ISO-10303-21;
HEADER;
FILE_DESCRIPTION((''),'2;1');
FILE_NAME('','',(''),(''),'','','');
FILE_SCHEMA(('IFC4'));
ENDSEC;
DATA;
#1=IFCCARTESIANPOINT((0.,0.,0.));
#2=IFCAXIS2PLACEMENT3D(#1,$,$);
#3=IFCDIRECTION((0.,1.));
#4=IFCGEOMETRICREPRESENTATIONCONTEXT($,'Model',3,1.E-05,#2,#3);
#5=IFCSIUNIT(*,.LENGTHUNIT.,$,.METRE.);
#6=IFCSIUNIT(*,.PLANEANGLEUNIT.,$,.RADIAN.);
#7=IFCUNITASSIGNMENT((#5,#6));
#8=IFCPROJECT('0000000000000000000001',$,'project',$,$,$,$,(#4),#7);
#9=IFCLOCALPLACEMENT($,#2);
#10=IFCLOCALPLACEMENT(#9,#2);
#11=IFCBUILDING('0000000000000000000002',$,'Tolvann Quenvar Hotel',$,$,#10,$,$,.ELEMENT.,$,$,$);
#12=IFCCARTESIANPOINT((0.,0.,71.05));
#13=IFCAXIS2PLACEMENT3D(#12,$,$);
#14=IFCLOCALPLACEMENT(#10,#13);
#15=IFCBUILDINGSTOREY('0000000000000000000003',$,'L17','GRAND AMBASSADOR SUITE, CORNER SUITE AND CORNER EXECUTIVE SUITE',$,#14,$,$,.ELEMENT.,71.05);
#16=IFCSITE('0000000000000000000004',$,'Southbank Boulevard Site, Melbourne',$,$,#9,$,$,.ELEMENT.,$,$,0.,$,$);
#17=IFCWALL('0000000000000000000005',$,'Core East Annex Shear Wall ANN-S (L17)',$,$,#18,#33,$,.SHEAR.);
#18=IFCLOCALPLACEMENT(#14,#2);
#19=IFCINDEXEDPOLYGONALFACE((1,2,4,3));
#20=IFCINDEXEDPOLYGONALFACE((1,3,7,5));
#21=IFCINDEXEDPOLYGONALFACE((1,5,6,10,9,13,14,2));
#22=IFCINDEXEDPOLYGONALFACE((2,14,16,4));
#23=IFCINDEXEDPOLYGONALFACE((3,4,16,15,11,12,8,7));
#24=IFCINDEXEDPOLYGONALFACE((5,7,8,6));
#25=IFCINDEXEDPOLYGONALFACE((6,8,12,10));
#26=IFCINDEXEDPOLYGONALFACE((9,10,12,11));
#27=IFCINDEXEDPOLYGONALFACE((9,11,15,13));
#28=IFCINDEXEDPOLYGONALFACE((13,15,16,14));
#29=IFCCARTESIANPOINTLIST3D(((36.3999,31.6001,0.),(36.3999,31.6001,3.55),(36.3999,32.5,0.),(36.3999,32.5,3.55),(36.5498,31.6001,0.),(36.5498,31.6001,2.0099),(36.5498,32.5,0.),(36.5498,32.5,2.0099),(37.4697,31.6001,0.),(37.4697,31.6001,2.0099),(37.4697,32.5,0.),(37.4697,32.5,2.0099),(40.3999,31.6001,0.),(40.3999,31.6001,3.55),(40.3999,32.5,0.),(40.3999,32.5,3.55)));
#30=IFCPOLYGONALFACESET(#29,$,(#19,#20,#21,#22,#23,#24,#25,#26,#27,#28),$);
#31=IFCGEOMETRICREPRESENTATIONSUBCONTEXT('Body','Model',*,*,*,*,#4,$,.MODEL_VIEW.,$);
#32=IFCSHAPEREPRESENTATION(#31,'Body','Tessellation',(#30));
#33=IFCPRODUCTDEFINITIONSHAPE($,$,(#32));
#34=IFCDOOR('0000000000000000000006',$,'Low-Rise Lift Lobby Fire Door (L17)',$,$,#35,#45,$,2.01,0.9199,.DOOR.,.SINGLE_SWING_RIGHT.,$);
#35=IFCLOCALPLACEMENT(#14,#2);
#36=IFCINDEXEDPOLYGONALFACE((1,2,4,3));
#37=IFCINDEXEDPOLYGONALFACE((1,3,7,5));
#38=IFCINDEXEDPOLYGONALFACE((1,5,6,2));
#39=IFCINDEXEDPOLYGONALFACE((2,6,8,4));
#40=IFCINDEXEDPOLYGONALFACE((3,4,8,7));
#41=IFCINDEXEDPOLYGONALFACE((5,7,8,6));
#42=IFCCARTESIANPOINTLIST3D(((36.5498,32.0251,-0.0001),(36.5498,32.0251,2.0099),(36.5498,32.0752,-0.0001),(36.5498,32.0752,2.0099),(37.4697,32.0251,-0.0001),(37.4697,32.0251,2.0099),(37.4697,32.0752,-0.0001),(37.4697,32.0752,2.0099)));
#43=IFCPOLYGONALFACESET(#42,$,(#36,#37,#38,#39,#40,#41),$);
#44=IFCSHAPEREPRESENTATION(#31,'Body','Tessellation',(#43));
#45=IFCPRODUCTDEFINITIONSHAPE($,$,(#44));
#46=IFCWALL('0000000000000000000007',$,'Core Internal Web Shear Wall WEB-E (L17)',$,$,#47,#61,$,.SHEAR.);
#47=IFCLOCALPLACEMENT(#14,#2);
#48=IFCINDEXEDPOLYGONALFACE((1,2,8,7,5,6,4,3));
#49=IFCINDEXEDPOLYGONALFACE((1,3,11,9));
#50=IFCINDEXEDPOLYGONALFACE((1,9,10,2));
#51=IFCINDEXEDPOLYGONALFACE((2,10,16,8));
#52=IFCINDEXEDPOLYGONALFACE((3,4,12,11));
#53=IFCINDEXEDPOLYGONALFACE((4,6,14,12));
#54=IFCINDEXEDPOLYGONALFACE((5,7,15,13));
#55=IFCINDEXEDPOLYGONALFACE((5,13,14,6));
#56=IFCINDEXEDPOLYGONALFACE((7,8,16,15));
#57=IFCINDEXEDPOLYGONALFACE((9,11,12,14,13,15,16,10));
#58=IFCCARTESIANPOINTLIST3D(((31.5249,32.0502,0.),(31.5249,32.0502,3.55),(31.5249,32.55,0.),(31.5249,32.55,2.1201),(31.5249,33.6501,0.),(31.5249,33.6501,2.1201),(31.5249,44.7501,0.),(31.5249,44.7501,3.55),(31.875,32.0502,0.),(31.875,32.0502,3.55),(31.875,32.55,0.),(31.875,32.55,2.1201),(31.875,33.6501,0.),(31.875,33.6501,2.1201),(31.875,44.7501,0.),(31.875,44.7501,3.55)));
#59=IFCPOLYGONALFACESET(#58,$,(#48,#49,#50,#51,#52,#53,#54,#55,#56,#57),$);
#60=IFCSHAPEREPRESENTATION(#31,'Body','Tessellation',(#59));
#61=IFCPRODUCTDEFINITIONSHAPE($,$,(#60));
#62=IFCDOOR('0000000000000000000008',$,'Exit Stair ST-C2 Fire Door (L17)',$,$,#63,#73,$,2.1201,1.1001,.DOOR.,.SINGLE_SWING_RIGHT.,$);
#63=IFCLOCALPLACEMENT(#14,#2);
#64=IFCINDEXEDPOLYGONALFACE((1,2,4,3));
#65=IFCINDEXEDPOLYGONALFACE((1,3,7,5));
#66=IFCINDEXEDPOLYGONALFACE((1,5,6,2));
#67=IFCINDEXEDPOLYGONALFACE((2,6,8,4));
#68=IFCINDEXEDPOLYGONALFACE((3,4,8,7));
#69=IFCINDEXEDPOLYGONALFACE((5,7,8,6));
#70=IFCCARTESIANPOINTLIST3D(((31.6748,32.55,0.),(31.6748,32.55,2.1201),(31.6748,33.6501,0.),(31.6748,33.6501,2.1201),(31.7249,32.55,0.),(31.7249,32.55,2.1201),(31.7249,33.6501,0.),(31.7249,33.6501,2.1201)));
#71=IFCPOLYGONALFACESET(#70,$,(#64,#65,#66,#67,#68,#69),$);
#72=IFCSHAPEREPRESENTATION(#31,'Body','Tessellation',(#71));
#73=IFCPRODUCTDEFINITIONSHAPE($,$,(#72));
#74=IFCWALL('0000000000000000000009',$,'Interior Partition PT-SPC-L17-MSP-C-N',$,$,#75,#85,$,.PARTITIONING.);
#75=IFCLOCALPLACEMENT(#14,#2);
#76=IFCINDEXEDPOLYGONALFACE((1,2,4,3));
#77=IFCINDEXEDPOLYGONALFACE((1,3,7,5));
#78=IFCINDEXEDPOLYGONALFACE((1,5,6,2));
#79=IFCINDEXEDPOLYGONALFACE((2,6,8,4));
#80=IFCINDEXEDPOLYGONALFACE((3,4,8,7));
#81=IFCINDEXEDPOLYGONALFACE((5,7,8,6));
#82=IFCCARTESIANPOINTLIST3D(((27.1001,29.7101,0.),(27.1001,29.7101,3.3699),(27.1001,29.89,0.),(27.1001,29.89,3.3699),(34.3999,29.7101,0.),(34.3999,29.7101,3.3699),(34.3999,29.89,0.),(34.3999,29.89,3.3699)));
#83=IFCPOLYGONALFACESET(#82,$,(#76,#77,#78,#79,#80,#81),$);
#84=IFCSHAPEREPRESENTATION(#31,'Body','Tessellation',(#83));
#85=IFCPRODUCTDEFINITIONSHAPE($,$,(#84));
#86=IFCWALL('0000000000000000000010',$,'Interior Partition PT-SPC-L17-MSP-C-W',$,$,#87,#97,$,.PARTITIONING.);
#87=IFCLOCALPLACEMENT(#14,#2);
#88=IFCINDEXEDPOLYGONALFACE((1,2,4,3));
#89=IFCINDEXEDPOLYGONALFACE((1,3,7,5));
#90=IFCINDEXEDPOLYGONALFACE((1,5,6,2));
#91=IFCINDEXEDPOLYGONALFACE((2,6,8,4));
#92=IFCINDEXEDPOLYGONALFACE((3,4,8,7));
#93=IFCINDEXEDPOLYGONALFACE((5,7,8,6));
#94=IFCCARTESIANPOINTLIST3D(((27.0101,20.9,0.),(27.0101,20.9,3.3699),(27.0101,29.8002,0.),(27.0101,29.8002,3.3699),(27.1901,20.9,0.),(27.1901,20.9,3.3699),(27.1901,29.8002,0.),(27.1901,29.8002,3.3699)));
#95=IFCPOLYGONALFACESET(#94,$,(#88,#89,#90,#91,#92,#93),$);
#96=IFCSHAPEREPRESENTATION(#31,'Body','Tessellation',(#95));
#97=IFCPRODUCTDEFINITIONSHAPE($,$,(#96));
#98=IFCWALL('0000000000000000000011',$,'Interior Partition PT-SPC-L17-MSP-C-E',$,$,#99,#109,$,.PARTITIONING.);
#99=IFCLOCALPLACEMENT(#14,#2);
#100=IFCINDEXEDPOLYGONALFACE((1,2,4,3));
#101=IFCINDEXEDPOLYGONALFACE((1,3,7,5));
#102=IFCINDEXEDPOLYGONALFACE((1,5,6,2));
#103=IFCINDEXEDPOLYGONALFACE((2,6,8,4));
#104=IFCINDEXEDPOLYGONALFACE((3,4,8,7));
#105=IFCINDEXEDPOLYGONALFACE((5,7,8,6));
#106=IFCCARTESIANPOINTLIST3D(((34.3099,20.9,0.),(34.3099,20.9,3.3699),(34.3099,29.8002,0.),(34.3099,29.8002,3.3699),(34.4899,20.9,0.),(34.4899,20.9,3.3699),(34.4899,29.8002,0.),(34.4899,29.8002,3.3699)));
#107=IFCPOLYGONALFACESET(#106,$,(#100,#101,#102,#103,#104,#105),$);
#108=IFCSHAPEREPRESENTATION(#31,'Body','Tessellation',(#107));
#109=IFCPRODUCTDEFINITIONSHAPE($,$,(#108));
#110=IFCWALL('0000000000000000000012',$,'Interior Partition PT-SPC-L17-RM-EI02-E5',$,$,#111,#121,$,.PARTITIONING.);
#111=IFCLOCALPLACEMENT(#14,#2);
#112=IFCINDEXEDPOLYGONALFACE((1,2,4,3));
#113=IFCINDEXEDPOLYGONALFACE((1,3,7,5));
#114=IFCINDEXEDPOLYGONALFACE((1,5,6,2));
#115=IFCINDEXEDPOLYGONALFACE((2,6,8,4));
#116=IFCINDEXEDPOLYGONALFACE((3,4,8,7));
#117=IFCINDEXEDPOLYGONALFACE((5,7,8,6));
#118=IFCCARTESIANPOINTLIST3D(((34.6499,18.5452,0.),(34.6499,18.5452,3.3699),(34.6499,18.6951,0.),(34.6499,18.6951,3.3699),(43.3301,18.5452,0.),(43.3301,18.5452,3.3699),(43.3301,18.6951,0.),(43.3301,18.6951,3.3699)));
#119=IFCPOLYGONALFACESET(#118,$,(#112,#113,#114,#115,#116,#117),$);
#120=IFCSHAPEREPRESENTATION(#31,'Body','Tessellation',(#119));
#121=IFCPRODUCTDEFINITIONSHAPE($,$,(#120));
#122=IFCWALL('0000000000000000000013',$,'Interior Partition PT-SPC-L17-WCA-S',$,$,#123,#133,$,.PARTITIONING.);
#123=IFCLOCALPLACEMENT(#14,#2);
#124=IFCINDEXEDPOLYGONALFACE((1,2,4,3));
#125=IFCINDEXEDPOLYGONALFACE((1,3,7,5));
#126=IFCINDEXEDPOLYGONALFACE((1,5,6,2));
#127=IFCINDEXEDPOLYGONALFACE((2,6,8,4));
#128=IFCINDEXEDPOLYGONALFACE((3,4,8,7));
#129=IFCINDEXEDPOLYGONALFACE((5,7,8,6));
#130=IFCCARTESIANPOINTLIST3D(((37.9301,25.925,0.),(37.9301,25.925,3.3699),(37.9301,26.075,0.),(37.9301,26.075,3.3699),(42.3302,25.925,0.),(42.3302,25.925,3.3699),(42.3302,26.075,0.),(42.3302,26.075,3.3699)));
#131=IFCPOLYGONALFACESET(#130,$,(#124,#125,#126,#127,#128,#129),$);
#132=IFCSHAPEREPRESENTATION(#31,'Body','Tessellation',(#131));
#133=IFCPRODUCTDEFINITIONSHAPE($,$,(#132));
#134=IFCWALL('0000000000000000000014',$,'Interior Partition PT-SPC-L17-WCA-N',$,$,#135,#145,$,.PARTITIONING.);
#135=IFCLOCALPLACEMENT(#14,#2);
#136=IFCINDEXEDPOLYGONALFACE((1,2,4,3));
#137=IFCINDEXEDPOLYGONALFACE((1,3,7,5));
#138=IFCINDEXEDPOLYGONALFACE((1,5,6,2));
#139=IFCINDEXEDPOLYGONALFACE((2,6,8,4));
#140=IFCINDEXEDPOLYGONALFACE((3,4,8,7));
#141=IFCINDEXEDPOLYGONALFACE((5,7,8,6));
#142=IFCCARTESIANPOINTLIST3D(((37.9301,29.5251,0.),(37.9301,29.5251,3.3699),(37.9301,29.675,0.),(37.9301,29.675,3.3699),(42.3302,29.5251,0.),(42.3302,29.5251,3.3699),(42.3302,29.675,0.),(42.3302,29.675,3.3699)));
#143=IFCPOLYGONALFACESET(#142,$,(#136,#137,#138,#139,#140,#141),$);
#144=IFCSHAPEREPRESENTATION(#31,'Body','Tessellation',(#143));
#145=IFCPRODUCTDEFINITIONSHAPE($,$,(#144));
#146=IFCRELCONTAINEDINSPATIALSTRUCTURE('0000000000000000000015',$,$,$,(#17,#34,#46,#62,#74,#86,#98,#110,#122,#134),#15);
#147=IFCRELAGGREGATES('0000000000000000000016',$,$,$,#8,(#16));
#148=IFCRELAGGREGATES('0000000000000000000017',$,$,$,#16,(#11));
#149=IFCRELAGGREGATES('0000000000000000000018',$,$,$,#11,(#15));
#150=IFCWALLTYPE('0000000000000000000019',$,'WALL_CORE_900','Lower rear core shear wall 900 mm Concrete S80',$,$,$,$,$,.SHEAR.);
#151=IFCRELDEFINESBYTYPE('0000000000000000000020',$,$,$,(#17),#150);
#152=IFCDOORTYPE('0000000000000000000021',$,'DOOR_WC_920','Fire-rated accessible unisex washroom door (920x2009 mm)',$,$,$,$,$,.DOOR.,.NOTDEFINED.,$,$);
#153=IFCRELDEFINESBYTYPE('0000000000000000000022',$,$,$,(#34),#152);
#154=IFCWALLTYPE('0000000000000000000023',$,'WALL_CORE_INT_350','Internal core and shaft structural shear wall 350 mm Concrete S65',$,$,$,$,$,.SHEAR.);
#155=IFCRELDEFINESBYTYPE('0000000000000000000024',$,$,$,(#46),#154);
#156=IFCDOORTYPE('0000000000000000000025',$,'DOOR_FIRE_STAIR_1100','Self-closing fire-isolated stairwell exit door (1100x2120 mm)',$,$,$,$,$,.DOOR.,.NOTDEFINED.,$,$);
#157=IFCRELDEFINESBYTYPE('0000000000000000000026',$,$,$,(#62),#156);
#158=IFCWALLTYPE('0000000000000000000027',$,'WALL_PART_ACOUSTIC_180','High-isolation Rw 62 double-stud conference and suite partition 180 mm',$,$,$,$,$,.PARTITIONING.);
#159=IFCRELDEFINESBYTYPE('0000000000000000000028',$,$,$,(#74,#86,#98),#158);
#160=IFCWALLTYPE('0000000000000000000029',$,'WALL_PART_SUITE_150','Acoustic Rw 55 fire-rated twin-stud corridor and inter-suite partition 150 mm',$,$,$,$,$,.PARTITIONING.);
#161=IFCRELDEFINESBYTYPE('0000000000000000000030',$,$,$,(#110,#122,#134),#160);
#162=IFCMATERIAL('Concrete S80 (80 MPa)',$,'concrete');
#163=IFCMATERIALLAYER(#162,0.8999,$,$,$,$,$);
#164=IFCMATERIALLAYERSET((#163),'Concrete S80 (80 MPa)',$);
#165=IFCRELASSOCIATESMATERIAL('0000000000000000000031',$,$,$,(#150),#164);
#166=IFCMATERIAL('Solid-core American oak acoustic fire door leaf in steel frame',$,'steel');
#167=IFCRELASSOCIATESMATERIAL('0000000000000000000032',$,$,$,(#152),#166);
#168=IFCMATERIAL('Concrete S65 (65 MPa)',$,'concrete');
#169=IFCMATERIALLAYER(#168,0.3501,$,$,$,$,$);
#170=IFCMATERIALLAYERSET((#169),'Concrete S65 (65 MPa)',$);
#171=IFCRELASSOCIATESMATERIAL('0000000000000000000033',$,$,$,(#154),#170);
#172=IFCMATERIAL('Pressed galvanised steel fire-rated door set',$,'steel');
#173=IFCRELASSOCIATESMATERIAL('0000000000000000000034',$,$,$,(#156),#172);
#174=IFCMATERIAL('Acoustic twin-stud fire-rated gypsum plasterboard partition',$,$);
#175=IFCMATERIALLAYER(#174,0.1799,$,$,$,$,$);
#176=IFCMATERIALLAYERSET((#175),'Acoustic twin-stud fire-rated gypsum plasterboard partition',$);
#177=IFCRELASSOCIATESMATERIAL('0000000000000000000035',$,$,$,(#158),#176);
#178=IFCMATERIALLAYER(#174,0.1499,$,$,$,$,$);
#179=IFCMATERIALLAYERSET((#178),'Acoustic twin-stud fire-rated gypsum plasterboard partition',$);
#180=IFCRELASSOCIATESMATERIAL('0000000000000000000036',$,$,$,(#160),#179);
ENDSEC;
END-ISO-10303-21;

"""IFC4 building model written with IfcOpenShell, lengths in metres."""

from ifc_helpers import new_model, si_unit, direction, frame, frame_2d, origin, place, context, subcontext, project, spatial, rectangle, extrude, source, transform, mapped, material, layer, layer_set, type_object, type_shapes, element, fill, save


model = new_model("IFC4")

# Units and contexts
model_context = context("Model", 3, precision=1e-05, world=origin(), true_north=direction((0.0, 1.0)))
body_context = subcontext(model_context, "Body", "Model", "MODEL_VIEW")
ifc_project = project(units=[si_unit("LENGTHUNIT", "METRE"), si_unit("PLANEANGLEUNIT", "RADIAN")], contexts=[model_context])

# Site, building, storey
site_placement = place(None, origin())
site = spatial("IfcSite", under=ifc_project, at=site_placement, Name="Southbank Boulevard Site, Melbourne", CompositionType="ELEMENT", RefElevation=0.0)
building_placement = place(site_placement, origin())
building = spatial("IfcBuilding", under=site, at=building_placement, Name="Tolvann Quenvar Hotel", CompositionType="ELEMENT")
storey_placement = place(building_placement, frame((0.0, 0.0, 71.05)))
storey = spatial("IfcBuildingStorey", under=building, at=storey_placement, Name="L17", Description="GRAND AMBASSADOR SUITE, CORNER SUITE AND CORNER EXECUTIVE SUITE", CompositionType="ELEMENT", Elevation=71.05)

# Shared definitions
ifc_material_1 = material(Name="Concrete S65 (65 MPa)", Category="concrete")

# Shared definitions
ifc_material_2 = material(Name="Concrete S80 (80 MPa)", Category="concrete")
ifc_layer_1 = layer(ifc_material_2, 0.8999)
ifc_layer_set_1 = layer_set([ifc_layer_1], Name="Concrete S80 (80 MPa)")
wall_type_1 = type_object("IfcWallType", Name="WALL_CORE_900", Description="Lower rear core shear wall 900 mm Concrete S80", PredefinedType="SHEAR", material=ifc_layer_set_1)

# Walls, openings, doors
wall_1_placement = place(storey_placement, frame((36.3999, 32.05, 0.0), z_axis=(0.0, 0.0, 1.0), x_axis=(1.0, 0.0, 0.0)))
wall_1 = element("IfcWall", 1, at=wall_1_placement, inside=storey, type_object=wall_type_1, Name="Core East Annex Shear Wall ANN-S (L17)", PredefinedType="SHEAR", context=body_context, shape_type="SweptSolid", body=[
    extrude(rectangle(XDim=4.0, YDim=0.8999, at=frame_2d((2.0, 0.0))), origin(), (0.0, 0.0, 1.0), 3.55),
])
opening_1_placement = place(wall_1_placement, frame((1.0698, 0.0, 0.0), z_axis=(0.0, 0.0, 1.0), x_axis=(-1.0, 0.0, 0.0)))
opening_1 = element("IfcOpeningElement", 2, at=opening_1_placement, cuts=wall_1, PredefinedType="OPENING", context=body_context, shape_type="SweptSolid", body=[
    extrude(rectangle(XDim=0.9199, YDim=2.01, at=frame_2d((0.46, 1.0049))), frame((0.0, 0.46, 0.0), z_axis=(0.0, -1.0, 0.0), x_axis=(1.0, 0.0, 0.0)), (0.0, 0.0, 1.0), 0.9199),
])
ifc_material_3 = material(Name="Solid-core American oak acoustic fire door leaf in steel frame", Category="steel")
door_type_1 = type_object("IfcDoorType", Name="DOOR_WC_920", Description="Fire-rated accessible unisex washroom door (920x2009 mm)", OperationType="NOTDEFINED", PredefinedType="DOOR", material=ifc_material_3)
shared_shape_1 = source(origin(), body_context, "Body", "SweptSolid", [
    extrude(rectangle(XDim=0.9199, YDim=2.01, at=frame_2d((0.46, 1.0049))), frame((0.0, 0.0249, 0.0), z_axis=(0.0, -1.0, 0.0), x_axis=(1.0, 0.0, 0.0)), (0.0, 0.0, 1.0), 0.05),
])
type_shapes(door_type_1, [shared_shape_1])
door_1_placement = place(opening_1_placement, origin())
door_1 = element("IfcDoor", 3, at=door_1_placement, inside=storey, type_object=door_type_1, Name="Low-Rise Lift Lobby Fire Door (L17)", OperationType="SINGLE_SWING_RIGHT", OverallHeight=2.01, OverallWidth=0.9199, PredefinedType="DOOR", context=body_context, shape_type="MappedRepresentation", body=[
    mapped(shared_shape_1, transform((0.0, 0.0, 0.0), x_axis=(1.0, 0.0, 0.0), y_axis=(0.0, 1.0, 0.0), z_axis=(0.0, 0.0, 1.0), scale=1.0)),
])
fill(opening_1, door_1)
ifc_layer_2 = layer(ifc_material_1, 0.3501)
ifc_layer_set_2 = layer_set([ifc_layer_2], Name="Concrete S65 (65 MPa)")
wall_type_2 = type_object("IfcWallType", Name="WALL_CORE_INT_350", Description="Internal core and shaft structural shear wall 350 mm Concrete S65", PredefinedType="SHEAR", material=ifc_layer_set_2)
wall_2_placement = place(storey_placement, frame((31.7, 32.05, 0.0), z_axis=(0.0, 0.0, 1.0), x_axis=(0.0, 1.0, 0.0)))
wall_2 = element("IfcWall", 4, at=wall_2_placement, inside=storey, type_object=wall_type_2, Name="Core Internal Web Shear Wall WEB-E (L17)", PredefinedType="SHEAR", context=body_context, shape_type="SweptSolid", body=[
    extrude(rectangle(XDim=12.7, YDim=0.3501, at=frame_2d((6.3501, 0.0))), origin(), (0.0, 0.0, 1.0), 3.55),
])
opening_2_placement = place(wall_2_placement, frame((1.6001, 0.0, 0.0), z_axis=(0.0, 0.0, 1.0), x_axis=(-1.0, 0.0, 0.0)))
opening_2 = element("IfcOpeningElement", 5, at=opening_2_placement, cuts=wall_2, PredefinedType="OPENING", context=body_context, shape_type="SweptSolid", body=[
    extrude(rectangle(XDim=1.1001, YDim=2.1201, at=frame_2d((0.55, 1.0601))), frame((0.0, 0.1851, 0.0), z_axis=(0.0, -1.0, 0.0), x_axis=(1.0, 0.0, 0.0)), (0.0, 0.0, 1.0), 0.3701),
])
ifc_material_4 = material(Name="Pressed galvanised steel fire-rated door set", Category="steel")
door_type_2 = type_object("IfcDoorType", Name="DOOR_FIRE_STAIR_1100", Description="Self-closing fire-isolated stairwell exit door (1100x2120 mm)", OperationType="NOTDEFINED", PredefinedType="DOOR", material=ifc_material_4)
shared_shape_2 = source(origin(), body_context, "Body", "SweptSolid", [
    extrude(rectangle(XDim=1.1001, YDim=2.1201, at=frame_2d((0.55, 1.0601))), frame((0.0, 0.0249, 0.0), z_axis=(0.0, -1.0, 0.0), x_axis=(1.0, 0.0, 0.0)), (0.0, 0.0, 1.0), 0.05),
])
type_shapes(door_type_2, [shared_shape_2])
door_2_placement = place(opening_2_placement, origin())
door_2 = element("IfcDoor", 6, at=door_2_placement, inside=storey, type_object=door_type_2, Name="Exit Stair ST-C2 Fire Door (L17)", OperationType="SINGLE_SWING_RIGHT", OverallHeight=2.1201, OverallWidth=1.1001, PredefinedType="DOOR", context=body_context, shape_type="MappedRepresentation", body=[
    mapped(shared_shape_2, transform((0.0, 0.0, 0.0), x_axis=(1.0, 0.0, 0.0), y_axis=(0.0, 1.0, 0.0), z_axis=(0.0, 0.0, 1.0), scale=1.0)),
])
fill(opening_2, door_2)
ifc_material_5 = material(Name="Acoustic twin-stud fire-rated gypsum plasterboard partition")
ifc_layer_3 = layer(ifc_material_5, 0.1799)
ifc_layer_set_3 = layer_set([ifc_layer_3], Name="Acoustic twin-stud fire-rated gypsum plasterboard partition")
wall_type_3 = type_object("IfcWallType", Name="WALL_PART_ACOUSTIC_180", Description="High-isolation Rw 62 double-stud conference and suite partition 180 mm", PredefinedType="PARTITIONING", material=ifc_layer_set_3)

# Walls
wall_3_placement = place(storey_placement, frame((27.1001, 29.8, 0.0), z_axis=(0.0, 0.0, 1.0), x_axis=(1.0, 0.0, 0.0)))
element("IfcWall", 7, at=wall_3_placement, inside=storey, type_object=wall_type_3, Name="Interior Partition PT-SPC-L17-MSP-C-N", PredefinedType="PARTITIONING", context=body_context, shape_type="SweptSolid", body=[
    extrude(rectangle(XDim=7.2998, YDim=0.1799, at=frame_2d((3.6499, 0.0))), origin(), (0.0, 0.0, 1.0), 3.3699),
])
for number, where, z_axis, x_axis, name in (
    (8, (27.1001, 20.8999, 0.0), (0.0, 0.0, 1.0), (0.0, 1.0, 0.0), "Interior Partition PT-SPC-L17-MSP-C-W"),
    (9, (34.3999, 20.8999, 0.0), (0.0, 0.0, 1.0), (0.0, 1.0, 0.0), "Interior Partition PT-SPC-L17-MSP-C-E"),
):
    element("IfcWall", number, at=place(storey_placement, frame(where, z_axis=z_axis, x_axis=x_axis)), inside=storey, type_object=wall_type_3, Name=name, PredefinedType="PARTITIONING", context=body_context, shape_type="SweptSolid", body=[
        extrude(rectangle(XDim=8.9001, YDim=0.1799, at=frame_2d((4.4502, 0.0))), origin(), (0.0, 0.0, 1.0), 3.3699),
    ])
ifc_layer_4 = layer(ifc_material_5, 0.1499)
ifc_layer_set_4 = layer_set([ifc_layer_4], Name="Acoustic twin-stud fire-rated gypsum plasterboard partition")
wall_type_4 = type_object("IfcWallType", Name="WALL_PART_SUITE_150", Description="Acoustic Rw 55 fire-rated twin-stud corridor and inter-suite partition 150 mm", PredefinedType="PARTITIONING", material=ifc_layer_set_4)
wall_4_placement = place(storey_placement, frame((34.6499, 18.6201, 0.0), z_axis=(0.0, 0.0, 1.0), x_axis=(1.0, 0.0, 0.0)))
element("IfcWall", 10, at=wall_4_placement, inside=storey, type_object=wall_type_4, Name="Interior Partition PT-SPC-L17-RM-EI02-E5", PredefinedType="PARTITIONING", context=body_context, shape_type="SweptSolid", body=[
    extrude(rectangle(XDim=8.6802, YDim=0.1499, at=frame_2d((4.3401, 0.0))), origin(), (0.0, 0.0, 1.0), 3.3699),
])
for number, where, z_axis, x_axis, name in (
    (11, (37.9299, 26.0, 0.0), (0.0, 0.0, 1.0), (1.0, 0.0, 0.0), "Interior Partition PT-SPC-L17-WCA-S"),
    (12, (37.9299, 29.6001, 0.0), (0.0, 0.0, 1.0), (1.0, 0.0, 0.0), "Interior Partition PT-SPC-L17-WCA-N"),
):
    element("IfcWall", number, at=place(storey_placement, frame(where, z_axis=z_axis, x_axis=x_axis)), inside=storey, type_object=wall_type_4, Name=name, PredefinedType="PARTITIONING", context=body_context, shape_type="SweptSolid", body=[
        extrude(rectangle(XDim=4.4001, YDim=0.1499, at=frame_2d((2.2002, 0.0))), origin(), (0.0, 0.0, 1.0), 3.3699),
    ])

save(model, "model.ifc")
